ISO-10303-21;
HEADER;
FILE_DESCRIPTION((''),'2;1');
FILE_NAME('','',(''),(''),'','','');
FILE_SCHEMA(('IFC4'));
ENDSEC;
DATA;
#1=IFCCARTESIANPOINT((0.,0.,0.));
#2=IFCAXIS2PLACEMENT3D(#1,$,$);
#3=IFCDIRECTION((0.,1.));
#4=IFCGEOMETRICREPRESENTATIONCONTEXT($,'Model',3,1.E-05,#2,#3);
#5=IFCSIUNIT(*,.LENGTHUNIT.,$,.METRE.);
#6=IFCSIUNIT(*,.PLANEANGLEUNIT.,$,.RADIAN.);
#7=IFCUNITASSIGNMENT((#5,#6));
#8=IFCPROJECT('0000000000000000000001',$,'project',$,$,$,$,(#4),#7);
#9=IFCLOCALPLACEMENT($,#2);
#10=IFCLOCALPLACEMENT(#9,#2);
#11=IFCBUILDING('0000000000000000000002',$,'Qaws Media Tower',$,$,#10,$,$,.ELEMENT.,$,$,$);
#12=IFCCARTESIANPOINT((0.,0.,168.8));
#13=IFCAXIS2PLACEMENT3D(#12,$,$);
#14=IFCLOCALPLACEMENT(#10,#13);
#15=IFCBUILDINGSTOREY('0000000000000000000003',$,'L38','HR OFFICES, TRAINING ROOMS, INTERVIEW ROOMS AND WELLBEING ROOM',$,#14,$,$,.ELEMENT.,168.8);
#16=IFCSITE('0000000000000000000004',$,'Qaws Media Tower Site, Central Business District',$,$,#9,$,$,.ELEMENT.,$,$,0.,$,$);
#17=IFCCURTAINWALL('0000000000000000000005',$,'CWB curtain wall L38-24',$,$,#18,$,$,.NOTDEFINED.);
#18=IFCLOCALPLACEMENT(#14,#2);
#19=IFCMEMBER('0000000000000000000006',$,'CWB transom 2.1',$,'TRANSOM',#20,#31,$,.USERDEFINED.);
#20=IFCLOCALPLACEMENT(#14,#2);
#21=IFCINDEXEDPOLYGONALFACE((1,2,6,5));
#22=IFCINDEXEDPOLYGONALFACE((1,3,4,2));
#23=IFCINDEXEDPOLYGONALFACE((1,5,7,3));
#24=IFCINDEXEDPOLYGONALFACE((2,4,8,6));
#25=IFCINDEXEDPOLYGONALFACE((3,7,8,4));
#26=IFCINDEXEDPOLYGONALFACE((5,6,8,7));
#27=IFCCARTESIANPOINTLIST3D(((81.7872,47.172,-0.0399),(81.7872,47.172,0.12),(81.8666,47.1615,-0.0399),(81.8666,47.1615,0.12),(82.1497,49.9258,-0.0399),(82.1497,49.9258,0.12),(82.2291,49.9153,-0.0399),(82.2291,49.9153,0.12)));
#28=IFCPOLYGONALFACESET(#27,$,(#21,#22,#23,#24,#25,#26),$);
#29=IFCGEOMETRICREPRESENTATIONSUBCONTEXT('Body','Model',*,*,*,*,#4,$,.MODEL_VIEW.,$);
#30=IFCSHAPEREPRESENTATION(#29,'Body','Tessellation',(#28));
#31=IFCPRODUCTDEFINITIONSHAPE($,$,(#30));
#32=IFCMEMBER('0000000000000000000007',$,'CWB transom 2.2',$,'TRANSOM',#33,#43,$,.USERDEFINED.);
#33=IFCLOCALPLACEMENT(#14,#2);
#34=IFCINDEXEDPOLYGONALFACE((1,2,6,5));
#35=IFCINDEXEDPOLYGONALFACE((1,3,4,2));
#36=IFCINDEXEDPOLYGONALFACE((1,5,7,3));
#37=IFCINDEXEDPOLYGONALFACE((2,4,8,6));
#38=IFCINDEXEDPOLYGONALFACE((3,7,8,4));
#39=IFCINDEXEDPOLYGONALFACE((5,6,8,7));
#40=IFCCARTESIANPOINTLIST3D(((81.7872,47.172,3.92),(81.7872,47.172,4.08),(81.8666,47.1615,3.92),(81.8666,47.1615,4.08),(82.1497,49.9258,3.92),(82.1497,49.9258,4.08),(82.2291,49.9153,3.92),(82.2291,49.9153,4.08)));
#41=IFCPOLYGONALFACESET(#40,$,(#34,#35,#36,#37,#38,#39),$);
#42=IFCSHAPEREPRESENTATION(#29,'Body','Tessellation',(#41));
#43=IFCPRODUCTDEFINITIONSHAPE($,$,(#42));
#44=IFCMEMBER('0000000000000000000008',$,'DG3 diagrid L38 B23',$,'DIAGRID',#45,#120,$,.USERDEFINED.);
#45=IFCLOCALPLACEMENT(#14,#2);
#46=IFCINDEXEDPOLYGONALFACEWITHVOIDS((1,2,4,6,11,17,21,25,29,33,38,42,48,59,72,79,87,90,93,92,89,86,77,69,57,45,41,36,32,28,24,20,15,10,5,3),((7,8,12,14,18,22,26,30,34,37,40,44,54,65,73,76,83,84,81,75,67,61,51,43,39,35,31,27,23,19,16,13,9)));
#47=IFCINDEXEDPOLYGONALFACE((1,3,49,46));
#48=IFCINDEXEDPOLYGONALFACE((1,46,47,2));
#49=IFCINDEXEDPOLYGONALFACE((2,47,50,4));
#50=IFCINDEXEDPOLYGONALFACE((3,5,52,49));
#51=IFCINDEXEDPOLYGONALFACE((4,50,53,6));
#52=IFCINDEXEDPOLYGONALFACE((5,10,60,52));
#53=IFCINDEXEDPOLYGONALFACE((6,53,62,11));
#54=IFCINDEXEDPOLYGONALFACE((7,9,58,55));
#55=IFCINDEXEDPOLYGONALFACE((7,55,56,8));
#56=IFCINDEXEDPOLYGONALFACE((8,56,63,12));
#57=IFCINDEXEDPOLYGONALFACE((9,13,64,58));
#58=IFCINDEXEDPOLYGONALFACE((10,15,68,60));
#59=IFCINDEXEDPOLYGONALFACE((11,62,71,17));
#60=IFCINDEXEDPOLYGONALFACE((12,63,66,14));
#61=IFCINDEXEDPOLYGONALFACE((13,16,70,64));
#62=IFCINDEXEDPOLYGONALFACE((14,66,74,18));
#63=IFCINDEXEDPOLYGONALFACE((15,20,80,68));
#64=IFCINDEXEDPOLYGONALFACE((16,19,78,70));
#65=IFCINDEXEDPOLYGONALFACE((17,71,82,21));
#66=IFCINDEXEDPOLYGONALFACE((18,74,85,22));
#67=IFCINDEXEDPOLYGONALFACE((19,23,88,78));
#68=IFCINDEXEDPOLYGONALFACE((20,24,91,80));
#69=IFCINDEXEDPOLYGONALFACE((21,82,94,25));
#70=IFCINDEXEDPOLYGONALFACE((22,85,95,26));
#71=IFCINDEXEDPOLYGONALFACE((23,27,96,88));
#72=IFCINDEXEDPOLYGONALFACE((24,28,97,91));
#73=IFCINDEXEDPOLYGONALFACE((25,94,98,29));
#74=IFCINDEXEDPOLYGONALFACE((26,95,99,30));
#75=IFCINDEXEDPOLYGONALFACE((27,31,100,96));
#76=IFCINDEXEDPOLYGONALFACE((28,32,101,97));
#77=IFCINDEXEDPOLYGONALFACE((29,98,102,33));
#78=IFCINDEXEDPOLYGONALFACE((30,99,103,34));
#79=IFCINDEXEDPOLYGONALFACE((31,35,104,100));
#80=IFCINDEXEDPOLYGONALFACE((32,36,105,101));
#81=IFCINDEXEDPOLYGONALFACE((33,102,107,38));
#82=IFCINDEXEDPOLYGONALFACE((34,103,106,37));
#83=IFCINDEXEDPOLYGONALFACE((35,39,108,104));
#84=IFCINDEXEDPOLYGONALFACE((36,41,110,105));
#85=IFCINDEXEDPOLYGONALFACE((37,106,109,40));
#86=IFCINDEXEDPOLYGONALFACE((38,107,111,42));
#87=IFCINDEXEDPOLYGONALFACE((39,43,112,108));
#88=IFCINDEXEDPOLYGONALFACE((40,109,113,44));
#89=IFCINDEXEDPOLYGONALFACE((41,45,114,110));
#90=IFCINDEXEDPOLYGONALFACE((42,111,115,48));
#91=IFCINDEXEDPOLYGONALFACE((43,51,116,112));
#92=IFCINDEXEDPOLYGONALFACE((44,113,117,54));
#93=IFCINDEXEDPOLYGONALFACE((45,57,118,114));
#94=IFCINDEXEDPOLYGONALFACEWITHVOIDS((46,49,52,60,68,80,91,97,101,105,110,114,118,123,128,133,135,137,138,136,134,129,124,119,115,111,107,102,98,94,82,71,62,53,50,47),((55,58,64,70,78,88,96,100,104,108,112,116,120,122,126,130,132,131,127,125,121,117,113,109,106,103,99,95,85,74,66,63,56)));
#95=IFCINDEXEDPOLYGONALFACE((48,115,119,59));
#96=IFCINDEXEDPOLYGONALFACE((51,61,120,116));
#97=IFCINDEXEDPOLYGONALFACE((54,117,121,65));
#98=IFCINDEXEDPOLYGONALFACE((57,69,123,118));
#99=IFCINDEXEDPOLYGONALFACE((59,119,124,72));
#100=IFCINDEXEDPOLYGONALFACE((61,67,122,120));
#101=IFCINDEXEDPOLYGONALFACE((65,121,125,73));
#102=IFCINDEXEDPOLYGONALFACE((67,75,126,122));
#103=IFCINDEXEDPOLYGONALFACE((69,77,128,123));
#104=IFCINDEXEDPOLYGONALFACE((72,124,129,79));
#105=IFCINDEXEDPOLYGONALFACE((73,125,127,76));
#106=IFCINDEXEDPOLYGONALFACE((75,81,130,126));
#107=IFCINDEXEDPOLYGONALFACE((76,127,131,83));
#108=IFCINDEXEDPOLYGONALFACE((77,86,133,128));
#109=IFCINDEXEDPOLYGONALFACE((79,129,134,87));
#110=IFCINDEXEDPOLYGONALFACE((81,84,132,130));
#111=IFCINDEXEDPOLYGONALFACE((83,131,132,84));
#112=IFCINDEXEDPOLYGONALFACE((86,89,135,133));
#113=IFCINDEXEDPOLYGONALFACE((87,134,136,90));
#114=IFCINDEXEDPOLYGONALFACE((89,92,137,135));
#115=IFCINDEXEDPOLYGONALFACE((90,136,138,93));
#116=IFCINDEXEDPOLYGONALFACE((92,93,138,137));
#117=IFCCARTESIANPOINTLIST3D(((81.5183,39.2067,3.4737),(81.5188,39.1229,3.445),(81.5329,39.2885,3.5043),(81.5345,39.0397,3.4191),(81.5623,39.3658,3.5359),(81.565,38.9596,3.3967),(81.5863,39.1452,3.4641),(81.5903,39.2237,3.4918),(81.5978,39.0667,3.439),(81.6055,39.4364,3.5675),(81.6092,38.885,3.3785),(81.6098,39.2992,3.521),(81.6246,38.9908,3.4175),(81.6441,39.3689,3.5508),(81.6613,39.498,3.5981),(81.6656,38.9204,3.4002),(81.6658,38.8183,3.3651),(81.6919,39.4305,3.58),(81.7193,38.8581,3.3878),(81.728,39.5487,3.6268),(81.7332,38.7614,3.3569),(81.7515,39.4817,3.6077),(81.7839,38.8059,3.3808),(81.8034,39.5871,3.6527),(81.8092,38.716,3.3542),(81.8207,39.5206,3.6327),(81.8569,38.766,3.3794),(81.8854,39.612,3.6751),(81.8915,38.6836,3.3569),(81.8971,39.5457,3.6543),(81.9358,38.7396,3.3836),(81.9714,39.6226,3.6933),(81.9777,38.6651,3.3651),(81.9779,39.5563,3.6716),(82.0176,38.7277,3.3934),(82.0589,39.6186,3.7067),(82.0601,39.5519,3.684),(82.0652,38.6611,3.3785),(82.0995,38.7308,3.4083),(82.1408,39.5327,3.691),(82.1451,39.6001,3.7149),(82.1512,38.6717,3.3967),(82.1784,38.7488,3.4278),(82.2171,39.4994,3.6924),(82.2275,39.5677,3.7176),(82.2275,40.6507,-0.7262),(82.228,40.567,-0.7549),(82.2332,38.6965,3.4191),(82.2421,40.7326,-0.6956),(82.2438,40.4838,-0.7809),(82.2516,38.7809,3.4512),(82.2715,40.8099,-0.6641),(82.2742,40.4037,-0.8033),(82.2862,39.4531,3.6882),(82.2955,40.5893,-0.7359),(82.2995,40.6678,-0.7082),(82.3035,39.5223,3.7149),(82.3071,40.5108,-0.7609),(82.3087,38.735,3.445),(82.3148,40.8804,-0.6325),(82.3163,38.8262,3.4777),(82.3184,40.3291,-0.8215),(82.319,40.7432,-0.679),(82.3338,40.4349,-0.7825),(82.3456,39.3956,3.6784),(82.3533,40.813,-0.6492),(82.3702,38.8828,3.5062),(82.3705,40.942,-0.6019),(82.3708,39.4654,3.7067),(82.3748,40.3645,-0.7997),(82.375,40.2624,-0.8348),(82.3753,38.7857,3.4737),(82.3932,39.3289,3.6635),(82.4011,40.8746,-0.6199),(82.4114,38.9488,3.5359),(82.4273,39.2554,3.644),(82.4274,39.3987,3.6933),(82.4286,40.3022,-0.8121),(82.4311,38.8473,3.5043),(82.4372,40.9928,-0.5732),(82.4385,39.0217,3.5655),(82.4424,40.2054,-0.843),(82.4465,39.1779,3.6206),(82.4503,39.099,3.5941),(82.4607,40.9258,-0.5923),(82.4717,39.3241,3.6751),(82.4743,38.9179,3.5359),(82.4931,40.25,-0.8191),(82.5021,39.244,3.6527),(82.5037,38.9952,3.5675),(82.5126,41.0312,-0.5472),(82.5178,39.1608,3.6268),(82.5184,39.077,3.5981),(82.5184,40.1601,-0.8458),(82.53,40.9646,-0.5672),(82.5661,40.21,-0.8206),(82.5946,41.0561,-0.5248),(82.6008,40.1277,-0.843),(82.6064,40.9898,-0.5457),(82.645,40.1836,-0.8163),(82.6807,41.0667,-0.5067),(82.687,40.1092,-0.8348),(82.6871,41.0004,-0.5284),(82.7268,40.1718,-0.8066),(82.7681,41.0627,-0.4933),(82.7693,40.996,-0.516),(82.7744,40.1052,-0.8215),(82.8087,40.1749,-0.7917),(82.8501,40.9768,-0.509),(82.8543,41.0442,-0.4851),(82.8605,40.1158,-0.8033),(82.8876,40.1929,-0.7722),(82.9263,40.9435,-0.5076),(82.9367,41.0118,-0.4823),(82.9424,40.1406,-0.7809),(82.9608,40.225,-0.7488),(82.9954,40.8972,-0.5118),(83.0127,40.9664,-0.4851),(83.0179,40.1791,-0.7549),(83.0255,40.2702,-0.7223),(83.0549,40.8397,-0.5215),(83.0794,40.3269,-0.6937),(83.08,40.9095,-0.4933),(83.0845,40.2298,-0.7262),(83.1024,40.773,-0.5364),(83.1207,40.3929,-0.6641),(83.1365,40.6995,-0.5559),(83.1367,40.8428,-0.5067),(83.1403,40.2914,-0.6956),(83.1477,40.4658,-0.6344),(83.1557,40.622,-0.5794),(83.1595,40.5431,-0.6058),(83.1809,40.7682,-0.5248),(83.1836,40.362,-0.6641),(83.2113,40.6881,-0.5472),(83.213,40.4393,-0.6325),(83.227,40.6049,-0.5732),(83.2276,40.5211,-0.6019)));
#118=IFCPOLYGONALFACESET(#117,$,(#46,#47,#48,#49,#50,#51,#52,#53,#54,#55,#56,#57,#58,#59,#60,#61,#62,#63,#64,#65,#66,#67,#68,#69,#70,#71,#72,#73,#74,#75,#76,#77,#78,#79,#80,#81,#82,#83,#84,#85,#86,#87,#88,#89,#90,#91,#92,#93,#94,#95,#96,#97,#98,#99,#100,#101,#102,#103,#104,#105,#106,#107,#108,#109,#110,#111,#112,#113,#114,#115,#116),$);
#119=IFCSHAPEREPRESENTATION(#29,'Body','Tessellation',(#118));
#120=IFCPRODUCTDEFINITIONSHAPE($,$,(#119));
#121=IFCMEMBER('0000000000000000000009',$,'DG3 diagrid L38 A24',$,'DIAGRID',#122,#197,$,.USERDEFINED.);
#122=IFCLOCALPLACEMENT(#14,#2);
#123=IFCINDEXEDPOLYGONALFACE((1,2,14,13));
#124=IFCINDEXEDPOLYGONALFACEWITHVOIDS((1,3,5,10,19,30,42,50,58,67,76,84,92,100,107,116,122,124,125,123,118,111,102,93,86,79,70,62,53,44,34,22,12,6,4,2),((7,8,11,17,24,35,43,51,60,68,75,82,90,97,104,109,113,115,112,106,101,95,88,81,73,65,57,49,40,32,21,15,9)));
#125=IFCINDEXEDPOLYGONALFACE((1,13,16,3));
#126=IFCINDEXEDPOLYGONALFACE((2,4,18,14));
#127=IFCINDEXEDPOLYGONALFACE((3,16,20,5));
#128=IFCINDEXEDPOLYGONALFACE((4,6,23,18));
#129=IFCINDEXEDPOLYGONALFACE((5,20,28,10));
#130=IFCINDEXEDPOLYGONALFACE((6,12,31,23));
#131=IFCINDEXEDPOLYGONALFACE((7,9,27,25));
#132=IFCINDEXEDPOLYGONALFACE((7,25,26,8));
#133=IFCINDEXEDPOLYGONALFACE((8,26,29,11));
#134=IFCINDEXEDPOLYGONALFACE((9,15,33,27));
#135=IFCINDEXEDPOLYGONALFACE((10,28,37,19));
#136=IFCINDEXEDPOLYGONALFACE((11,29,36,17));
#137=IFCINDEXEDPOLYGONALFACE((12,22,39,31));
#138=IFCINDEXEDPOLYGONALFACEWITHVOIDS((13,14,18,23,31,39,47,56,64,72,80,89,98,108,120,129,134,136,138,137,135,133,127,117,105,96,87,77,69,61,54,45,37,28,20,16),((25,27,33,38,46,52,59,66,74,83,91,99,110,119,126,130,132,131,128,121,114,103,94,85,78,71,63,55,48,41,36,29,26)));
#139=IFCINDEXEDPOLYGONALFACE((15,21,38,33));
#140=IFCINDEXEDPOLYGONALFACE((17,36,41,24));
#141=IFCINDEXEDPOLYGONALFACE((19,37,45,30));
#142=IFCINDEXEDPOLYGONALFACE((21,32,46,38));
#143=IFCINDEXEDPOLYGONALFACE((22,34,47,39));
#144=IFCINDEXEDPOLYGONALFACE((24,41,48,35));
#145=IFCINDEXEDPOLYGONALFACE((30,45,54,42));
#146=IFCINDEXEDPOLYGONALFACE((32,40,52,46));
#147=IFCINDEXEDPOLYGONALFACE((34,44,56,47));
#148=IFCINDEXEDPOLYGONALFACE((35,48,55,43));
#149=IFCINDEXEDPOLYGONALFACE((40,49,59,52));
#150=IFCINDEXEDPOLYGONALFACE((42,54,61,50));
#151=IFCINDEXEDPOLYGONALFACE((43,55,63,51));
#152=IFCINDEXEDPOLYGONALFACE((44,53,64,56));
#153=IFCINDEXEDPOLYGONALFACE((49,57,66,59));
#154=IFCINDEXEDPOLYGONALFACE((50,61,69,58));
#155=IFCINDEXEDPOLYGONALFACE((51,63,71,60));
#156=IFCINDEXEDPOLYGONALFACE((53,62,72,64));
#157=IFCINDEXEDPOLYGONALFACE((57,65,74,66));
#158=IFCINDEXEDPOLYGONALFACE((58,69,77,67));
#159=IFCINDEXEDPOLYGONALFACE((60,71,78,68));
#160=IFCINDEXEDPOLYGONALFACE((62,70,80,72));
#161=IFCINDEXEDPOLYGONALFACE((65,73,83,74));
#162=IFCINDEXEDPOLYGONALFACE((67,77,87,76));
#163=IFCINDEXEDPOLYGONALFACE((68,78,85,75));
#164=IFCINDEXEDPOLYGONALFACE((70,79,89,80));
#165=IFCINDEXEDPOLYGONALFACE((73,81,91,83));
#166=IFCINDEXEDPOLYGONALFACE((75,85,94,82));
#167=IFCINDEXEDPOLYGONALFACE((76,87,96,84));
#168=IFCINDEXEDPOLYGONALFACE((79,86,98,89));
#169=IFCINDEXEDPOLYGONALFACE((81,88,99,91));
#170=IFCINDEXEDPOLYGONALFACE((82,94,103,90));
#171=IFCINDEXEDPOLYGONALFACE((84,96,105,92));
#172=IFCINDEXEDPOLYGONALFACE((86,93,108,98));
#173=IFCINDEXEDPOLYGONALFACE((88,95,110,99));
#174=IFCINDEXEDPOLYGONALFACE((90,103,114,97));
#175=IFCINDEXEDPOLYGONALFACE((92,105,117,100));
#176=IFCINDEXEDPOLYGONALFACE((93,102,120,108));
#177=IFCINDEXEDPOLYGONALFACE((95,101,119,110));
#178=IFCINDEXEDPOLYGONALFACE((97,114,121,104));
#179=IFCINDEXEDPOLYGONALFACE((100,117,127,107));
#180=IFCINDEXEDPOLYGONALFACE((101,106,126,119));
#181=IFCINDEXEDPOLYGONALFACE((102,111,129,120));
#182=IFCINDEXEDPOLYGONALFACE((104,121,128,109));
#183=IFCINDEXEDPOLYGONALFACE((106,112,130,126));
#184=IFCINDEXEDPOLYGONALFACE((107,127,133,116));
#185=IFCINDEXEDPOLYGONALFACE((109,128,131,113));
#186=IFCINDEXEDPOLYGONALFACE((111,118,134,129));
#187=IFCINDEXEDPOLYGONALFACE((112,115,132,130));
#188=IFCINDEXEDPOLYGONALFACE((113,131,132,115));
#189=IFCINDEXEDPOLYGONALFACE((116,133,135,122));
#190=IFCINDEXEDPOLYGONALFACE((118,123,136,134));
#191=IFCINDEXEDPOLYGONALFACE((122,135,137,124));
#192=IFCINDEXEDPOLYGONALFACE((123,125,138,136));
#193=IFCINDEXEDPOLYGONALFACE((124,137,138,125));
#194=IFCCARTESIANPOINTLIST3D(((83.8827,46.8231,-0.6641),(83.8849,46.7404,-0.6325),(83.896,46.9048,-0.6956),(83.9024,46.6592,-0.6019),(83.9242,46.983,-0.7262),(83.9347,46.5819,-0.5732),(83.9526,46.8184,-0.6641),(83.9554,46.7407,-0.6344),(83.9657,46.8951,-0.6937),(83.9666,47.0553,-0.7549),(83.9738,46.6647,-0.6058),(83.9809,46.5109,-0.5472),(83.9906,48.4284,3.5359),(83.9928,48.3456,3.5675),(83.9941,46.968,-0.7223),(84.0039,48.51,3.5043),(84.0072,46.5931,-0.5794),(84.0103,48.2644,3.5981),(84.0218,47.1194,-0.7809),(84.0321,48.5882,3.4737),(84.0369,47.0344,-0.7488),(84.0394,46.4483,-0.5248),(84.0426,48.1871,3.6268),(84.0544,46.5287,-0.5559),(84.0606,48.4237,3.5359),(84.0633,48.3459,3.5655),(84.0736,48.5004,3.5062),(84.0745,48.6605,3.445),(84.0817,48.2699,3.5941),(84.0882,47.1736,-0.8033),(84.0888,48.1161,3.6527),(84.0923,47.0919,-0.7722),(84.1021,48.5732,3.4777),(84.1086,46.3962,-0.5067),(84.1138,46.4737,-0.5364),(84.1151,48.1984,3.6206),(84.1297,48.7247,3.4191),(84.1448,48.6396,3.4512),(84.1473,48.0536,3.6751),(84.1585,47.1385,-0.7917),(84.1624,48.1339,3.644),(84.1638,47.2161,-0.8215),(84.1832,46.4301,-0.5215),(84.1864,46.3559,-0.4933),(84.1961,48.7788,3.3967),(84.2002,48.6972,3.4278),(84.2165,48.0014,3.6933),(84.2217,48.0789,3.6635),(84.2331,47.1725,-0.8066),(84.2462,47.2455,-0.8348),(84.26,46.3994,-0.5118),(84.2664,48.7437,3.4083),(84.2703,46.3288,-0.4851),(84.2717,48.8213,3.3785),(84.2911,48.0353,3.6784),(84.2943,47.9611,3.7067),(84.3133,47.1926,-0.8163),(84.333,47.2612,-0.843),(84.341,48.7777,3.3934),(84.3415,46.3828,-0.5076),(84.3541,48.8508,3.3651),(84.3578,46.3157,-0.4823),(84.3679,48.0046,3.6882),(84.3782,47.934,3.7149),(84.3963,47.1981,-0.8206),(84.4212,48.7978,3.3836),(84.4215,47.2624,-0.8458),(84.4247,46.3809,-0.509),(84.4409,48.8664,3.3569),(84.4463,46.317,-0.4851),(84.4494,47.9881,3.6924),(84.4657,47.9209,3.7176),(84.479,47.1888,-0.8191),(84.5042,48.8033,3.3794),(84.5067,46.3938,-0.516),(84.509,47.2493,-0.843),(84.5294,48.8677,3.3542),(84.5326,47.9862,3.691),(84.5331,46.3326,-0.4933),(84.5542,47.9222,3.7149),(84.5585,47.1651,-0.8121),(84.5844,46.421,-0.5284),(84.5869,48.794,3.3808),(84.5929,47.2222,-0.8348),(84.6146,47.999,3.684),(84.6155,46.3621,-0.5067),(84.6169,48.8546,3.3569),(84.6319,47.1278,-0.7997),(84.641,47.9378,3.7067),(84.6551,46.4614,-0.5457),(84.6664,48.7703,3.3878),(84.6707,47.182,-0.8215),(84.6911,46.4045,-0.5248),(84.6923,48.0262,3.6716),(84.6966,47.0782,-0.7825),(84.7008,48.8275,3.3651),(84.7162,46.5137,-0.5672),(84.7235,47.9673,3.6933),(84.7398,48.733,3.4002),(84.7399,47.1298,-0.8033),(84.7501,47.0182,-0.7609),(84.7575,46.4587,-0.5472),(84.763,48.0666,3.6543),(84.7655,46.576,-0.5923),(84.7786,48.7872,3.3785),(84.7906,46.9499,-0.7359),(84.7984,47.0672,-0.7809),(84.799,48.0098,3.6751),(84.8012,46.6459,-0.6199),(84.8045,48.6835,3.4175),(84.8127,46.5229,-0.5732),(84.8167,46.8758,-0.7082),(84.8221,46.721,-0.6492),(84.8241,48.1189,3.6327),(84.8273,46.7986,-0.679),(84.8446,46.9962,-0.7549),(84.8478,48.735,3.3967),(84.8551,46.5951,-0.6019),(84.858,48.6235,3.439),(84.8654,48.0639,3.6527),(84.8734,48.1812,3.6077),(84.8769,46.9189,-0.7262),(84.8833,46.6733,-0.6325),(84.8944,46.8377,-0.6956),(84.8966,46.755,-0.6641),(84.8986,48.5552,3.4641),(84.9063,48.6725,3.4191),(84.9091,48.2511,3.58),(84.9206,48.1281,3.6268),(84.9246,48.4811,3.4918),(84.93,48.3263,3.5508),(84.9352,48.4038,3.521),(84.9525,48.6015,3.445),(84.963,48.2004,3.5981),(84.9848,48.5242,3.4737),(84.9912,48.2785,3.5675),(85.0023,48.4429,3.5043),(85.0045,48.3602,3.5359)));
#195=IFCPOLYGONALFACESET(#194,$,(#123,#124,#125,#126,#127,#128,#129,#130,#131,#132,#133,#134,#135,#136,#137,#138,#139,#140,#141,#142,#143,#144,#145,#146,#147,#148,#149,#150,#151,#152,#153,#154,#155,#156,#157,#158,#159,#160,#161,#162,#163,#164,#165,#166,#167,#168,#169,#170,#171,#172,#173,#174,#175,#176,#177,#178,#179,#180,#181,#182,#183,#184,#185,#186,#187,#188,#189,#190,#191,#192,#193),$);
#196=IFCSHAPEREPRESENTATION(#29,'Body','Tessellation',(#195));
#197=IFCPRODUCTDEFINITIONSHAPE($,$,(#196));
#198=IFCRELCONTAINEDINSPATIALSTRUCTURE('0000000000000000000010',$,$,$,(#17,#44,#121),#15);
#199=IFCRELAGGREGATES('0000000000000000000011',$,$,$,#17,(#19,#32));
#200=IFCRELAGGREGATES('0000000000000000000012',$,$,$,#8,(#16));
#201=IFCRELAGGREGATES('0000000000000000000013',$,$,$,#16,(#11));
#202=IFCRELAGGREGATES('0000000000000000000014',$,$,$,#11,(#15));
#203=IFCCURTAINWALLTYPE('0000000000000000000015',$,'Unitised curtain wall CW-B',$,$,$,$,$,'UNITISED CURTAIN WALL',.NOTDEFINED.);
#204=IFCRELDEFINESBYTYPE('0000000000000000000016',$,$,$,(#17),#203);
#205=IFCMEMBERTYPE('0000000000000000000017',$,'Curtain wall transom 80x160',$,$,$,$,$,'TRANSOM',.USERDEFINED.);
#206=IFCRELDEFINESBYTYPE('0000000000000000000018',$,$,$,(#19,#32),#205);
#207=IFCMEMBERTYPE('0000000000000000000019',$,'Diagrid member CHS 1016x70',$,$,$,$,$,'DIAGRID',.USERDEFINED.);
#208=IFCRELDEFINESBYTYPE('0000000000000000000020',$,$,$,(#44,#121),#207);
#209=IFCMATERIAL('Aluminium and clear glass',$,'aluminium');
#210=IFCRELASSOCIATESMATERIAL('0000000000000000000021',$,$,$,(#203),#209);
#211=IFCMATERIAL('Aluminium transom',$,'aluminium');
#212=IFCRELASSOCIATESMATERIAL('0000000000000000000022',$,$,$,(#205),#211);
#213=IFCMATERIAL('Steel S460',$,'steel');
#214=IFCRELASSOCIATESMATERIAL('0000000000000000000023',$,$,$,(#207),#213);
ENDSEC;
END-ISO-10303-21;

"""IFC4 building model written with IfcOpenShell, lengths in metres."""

from ifc_helpers import new_model, si_unit, direction, frame, origin, origin_2d, place, context, subcontext, project, spatial, rectangle, hollow_circle, extrude, material, material_profile, profile_set, type_object, element, aggregate, save


model = new_model("IFC4")

# Units and contexts
model_context = context("Model", 3, precision=1e-05, world=origin(), true_north=direction((0.0, 1.0)))
body_context = subcontext(model_context, "Body", "Model", "MODEL_VIEW")
ifc_project = project(units=[si_unit("LENGTHUNIT", "METRE"), si_unit("PLANEANGLEUNIT", "RADIAN")], contexts=[model_context])

# Site, building, storey
site_placement = place(None, origin())
site = spatial("IfcSite", under=ifc_project, at=site_placement, Name="Qaws Media Tower Site, Central Business District", CompositionType="ELEMENT", RefElevation=0.0)
building_placement = place(site_placement, origin())
building = spatial("IfcBuilding", under=site, at=building_placement, Name="Qaws Media Tower", CompositionType="ELEMENT")
storey_placement = place(building_placement, frame((0.0, 0.0, 168.8)))
storey = spatial("IfcBuildingStorey", under=building, at=storey_placement, Name="L38", Description="HR OFFICES, TRAINING ROOMS, INTERVIEW ROOMS AND WELLBEING ROOM", CompositionType="ELEMENT", Elevation=168.8)

# Curtain wall
ifc_material_1 = material(Name="Aluminium and clear glass", Category="aluminium")
curtain_wall_type = type_object("IfcCurtainWallType", Name="Unitised curtain wall CW-B", ElementType="UNITISED CURTAIN WALL", PredefinedType="NOTDEFINED", material=ifc_material_1)
curtain_wall_1_placement = place(storey_placement, origin())
curtain_wall_1 = element("IfcCurtainWall", 1, at=curtain_wall_1_placement, inside=storey, type_object=curtain_wall_type, Name="CWB curtain wall L38-24", PredefinedType="NOTDEFINED")

# Members
ifc_material_2 = material(Name="Aluminium transom", Category="aluminium")
ifc_material_profile_1 = material_profile(ifc_material_2, rectangle(XDim=0.0801, YDim=0.1599, at=origin_2d()), Name="80x160")
ifc_profile_set_1 = profile_set([ifc_material_profile_1], Name="Aluminium transom")
member_type_1 = type_object("IfcMemberType", Name="Curtain wall transom 80x160", ElementType="TRANSOM", PredefinedType="USERDEFINED", material=ifc_profile_set_1)
member_1_placement = place(storey_placement, frame((81.8269, 47.1667, 0.04), z_axis=(0.130523, 0.991445, 0.0), x_axis=(-0.991445, 0.130523, 0.0)))
member_1 = element("IfcMember", 2, at=member_1_placement, type_object=member_type_1, Name="CWB transom 2.1", ObjectType="TRANSOM", PredefinedType="USERDEFINED", context=body_context, shape_type="SweptSolid", body=[
    extrude(rectangle(XDim=0.0801, YDim=0.1599, at=origin_2d()), origin(), (0.0, 0.0, 1.0), 2.7776),
])
member_2_placement = place(storey_placement, frame((81.8269, 47.1667, 4.0), z_axis=(0.130523, 0.991445, 0.0), x_axis=(-0.991445, 0.130523, 0.0)))
member_2 = element("IfcMember", 3, at=member_2_placement, type_object=member_type_1, Name="CWB transom 2.2", ObjectType="TRANSOM", PredefinedType="USERDEFINED", context=body_context, shape_type="SweptSolid", body=[
    extrude(rectangle(XDim=0.0801, YDim=0.1599, at=origin_2d()), origin(), (0.0, 0.0, 1.0), 2.7776),
])

# Members
ifc_material_3 = material(Name="Steel S460", Category="steel")
ifc_material_profile_2 = material_profile(ifc_material_3, hollow_circle(Radius=0.5081, WallThickness=0.0701, at=origin_2d()), Name="CHS 1016x70")
ifc_profile_set_2 = profile_set([ifc_material_profile_2], Name="Steel S460")
member_type_2 = type_object("IfcMemberType", Name="Diagrid member CHS 1016x70", ElementType="DIAGRID", PredefinedType="USERDEFINED", material=ifc_profile_set_2)
for number, where, z_axis, x_axis, name in (
    (4, (82.7275, 40.5859, -0.6641), (-0.157692, -0.321084, 0.93383), (0.897591, -0.440829, 0.0), "DG3 diagrid L38 B23"),
    (5, (84.3896, 46.7891, -0.6641), (0.023993, 0.356911, 0.93383), (-0.997748, 0.067073, 0.0), "DG3 diagrid L38 A24"),
):
    element("IfcMember", number, at=place(storey_placement, frame(where, z_axis=z_axis, x_axis=x_axis)), inside=storey, type_object=member_type_2, Name=name, ObjectType="DIAGRID", PredefinedType="USERDEFINED", context=body_context, shape_type="SweptSolid", body=[
        extrude(hollow_circle(Radius=0.5081, WallThickness=0.0701, at=origin_2d()), origin(), (0.0, 0.0, 1.0), 4.4976),
    ])

aggregate(curtain_wall_1, [member_1, member_2])

save(model, "model.ifc")
